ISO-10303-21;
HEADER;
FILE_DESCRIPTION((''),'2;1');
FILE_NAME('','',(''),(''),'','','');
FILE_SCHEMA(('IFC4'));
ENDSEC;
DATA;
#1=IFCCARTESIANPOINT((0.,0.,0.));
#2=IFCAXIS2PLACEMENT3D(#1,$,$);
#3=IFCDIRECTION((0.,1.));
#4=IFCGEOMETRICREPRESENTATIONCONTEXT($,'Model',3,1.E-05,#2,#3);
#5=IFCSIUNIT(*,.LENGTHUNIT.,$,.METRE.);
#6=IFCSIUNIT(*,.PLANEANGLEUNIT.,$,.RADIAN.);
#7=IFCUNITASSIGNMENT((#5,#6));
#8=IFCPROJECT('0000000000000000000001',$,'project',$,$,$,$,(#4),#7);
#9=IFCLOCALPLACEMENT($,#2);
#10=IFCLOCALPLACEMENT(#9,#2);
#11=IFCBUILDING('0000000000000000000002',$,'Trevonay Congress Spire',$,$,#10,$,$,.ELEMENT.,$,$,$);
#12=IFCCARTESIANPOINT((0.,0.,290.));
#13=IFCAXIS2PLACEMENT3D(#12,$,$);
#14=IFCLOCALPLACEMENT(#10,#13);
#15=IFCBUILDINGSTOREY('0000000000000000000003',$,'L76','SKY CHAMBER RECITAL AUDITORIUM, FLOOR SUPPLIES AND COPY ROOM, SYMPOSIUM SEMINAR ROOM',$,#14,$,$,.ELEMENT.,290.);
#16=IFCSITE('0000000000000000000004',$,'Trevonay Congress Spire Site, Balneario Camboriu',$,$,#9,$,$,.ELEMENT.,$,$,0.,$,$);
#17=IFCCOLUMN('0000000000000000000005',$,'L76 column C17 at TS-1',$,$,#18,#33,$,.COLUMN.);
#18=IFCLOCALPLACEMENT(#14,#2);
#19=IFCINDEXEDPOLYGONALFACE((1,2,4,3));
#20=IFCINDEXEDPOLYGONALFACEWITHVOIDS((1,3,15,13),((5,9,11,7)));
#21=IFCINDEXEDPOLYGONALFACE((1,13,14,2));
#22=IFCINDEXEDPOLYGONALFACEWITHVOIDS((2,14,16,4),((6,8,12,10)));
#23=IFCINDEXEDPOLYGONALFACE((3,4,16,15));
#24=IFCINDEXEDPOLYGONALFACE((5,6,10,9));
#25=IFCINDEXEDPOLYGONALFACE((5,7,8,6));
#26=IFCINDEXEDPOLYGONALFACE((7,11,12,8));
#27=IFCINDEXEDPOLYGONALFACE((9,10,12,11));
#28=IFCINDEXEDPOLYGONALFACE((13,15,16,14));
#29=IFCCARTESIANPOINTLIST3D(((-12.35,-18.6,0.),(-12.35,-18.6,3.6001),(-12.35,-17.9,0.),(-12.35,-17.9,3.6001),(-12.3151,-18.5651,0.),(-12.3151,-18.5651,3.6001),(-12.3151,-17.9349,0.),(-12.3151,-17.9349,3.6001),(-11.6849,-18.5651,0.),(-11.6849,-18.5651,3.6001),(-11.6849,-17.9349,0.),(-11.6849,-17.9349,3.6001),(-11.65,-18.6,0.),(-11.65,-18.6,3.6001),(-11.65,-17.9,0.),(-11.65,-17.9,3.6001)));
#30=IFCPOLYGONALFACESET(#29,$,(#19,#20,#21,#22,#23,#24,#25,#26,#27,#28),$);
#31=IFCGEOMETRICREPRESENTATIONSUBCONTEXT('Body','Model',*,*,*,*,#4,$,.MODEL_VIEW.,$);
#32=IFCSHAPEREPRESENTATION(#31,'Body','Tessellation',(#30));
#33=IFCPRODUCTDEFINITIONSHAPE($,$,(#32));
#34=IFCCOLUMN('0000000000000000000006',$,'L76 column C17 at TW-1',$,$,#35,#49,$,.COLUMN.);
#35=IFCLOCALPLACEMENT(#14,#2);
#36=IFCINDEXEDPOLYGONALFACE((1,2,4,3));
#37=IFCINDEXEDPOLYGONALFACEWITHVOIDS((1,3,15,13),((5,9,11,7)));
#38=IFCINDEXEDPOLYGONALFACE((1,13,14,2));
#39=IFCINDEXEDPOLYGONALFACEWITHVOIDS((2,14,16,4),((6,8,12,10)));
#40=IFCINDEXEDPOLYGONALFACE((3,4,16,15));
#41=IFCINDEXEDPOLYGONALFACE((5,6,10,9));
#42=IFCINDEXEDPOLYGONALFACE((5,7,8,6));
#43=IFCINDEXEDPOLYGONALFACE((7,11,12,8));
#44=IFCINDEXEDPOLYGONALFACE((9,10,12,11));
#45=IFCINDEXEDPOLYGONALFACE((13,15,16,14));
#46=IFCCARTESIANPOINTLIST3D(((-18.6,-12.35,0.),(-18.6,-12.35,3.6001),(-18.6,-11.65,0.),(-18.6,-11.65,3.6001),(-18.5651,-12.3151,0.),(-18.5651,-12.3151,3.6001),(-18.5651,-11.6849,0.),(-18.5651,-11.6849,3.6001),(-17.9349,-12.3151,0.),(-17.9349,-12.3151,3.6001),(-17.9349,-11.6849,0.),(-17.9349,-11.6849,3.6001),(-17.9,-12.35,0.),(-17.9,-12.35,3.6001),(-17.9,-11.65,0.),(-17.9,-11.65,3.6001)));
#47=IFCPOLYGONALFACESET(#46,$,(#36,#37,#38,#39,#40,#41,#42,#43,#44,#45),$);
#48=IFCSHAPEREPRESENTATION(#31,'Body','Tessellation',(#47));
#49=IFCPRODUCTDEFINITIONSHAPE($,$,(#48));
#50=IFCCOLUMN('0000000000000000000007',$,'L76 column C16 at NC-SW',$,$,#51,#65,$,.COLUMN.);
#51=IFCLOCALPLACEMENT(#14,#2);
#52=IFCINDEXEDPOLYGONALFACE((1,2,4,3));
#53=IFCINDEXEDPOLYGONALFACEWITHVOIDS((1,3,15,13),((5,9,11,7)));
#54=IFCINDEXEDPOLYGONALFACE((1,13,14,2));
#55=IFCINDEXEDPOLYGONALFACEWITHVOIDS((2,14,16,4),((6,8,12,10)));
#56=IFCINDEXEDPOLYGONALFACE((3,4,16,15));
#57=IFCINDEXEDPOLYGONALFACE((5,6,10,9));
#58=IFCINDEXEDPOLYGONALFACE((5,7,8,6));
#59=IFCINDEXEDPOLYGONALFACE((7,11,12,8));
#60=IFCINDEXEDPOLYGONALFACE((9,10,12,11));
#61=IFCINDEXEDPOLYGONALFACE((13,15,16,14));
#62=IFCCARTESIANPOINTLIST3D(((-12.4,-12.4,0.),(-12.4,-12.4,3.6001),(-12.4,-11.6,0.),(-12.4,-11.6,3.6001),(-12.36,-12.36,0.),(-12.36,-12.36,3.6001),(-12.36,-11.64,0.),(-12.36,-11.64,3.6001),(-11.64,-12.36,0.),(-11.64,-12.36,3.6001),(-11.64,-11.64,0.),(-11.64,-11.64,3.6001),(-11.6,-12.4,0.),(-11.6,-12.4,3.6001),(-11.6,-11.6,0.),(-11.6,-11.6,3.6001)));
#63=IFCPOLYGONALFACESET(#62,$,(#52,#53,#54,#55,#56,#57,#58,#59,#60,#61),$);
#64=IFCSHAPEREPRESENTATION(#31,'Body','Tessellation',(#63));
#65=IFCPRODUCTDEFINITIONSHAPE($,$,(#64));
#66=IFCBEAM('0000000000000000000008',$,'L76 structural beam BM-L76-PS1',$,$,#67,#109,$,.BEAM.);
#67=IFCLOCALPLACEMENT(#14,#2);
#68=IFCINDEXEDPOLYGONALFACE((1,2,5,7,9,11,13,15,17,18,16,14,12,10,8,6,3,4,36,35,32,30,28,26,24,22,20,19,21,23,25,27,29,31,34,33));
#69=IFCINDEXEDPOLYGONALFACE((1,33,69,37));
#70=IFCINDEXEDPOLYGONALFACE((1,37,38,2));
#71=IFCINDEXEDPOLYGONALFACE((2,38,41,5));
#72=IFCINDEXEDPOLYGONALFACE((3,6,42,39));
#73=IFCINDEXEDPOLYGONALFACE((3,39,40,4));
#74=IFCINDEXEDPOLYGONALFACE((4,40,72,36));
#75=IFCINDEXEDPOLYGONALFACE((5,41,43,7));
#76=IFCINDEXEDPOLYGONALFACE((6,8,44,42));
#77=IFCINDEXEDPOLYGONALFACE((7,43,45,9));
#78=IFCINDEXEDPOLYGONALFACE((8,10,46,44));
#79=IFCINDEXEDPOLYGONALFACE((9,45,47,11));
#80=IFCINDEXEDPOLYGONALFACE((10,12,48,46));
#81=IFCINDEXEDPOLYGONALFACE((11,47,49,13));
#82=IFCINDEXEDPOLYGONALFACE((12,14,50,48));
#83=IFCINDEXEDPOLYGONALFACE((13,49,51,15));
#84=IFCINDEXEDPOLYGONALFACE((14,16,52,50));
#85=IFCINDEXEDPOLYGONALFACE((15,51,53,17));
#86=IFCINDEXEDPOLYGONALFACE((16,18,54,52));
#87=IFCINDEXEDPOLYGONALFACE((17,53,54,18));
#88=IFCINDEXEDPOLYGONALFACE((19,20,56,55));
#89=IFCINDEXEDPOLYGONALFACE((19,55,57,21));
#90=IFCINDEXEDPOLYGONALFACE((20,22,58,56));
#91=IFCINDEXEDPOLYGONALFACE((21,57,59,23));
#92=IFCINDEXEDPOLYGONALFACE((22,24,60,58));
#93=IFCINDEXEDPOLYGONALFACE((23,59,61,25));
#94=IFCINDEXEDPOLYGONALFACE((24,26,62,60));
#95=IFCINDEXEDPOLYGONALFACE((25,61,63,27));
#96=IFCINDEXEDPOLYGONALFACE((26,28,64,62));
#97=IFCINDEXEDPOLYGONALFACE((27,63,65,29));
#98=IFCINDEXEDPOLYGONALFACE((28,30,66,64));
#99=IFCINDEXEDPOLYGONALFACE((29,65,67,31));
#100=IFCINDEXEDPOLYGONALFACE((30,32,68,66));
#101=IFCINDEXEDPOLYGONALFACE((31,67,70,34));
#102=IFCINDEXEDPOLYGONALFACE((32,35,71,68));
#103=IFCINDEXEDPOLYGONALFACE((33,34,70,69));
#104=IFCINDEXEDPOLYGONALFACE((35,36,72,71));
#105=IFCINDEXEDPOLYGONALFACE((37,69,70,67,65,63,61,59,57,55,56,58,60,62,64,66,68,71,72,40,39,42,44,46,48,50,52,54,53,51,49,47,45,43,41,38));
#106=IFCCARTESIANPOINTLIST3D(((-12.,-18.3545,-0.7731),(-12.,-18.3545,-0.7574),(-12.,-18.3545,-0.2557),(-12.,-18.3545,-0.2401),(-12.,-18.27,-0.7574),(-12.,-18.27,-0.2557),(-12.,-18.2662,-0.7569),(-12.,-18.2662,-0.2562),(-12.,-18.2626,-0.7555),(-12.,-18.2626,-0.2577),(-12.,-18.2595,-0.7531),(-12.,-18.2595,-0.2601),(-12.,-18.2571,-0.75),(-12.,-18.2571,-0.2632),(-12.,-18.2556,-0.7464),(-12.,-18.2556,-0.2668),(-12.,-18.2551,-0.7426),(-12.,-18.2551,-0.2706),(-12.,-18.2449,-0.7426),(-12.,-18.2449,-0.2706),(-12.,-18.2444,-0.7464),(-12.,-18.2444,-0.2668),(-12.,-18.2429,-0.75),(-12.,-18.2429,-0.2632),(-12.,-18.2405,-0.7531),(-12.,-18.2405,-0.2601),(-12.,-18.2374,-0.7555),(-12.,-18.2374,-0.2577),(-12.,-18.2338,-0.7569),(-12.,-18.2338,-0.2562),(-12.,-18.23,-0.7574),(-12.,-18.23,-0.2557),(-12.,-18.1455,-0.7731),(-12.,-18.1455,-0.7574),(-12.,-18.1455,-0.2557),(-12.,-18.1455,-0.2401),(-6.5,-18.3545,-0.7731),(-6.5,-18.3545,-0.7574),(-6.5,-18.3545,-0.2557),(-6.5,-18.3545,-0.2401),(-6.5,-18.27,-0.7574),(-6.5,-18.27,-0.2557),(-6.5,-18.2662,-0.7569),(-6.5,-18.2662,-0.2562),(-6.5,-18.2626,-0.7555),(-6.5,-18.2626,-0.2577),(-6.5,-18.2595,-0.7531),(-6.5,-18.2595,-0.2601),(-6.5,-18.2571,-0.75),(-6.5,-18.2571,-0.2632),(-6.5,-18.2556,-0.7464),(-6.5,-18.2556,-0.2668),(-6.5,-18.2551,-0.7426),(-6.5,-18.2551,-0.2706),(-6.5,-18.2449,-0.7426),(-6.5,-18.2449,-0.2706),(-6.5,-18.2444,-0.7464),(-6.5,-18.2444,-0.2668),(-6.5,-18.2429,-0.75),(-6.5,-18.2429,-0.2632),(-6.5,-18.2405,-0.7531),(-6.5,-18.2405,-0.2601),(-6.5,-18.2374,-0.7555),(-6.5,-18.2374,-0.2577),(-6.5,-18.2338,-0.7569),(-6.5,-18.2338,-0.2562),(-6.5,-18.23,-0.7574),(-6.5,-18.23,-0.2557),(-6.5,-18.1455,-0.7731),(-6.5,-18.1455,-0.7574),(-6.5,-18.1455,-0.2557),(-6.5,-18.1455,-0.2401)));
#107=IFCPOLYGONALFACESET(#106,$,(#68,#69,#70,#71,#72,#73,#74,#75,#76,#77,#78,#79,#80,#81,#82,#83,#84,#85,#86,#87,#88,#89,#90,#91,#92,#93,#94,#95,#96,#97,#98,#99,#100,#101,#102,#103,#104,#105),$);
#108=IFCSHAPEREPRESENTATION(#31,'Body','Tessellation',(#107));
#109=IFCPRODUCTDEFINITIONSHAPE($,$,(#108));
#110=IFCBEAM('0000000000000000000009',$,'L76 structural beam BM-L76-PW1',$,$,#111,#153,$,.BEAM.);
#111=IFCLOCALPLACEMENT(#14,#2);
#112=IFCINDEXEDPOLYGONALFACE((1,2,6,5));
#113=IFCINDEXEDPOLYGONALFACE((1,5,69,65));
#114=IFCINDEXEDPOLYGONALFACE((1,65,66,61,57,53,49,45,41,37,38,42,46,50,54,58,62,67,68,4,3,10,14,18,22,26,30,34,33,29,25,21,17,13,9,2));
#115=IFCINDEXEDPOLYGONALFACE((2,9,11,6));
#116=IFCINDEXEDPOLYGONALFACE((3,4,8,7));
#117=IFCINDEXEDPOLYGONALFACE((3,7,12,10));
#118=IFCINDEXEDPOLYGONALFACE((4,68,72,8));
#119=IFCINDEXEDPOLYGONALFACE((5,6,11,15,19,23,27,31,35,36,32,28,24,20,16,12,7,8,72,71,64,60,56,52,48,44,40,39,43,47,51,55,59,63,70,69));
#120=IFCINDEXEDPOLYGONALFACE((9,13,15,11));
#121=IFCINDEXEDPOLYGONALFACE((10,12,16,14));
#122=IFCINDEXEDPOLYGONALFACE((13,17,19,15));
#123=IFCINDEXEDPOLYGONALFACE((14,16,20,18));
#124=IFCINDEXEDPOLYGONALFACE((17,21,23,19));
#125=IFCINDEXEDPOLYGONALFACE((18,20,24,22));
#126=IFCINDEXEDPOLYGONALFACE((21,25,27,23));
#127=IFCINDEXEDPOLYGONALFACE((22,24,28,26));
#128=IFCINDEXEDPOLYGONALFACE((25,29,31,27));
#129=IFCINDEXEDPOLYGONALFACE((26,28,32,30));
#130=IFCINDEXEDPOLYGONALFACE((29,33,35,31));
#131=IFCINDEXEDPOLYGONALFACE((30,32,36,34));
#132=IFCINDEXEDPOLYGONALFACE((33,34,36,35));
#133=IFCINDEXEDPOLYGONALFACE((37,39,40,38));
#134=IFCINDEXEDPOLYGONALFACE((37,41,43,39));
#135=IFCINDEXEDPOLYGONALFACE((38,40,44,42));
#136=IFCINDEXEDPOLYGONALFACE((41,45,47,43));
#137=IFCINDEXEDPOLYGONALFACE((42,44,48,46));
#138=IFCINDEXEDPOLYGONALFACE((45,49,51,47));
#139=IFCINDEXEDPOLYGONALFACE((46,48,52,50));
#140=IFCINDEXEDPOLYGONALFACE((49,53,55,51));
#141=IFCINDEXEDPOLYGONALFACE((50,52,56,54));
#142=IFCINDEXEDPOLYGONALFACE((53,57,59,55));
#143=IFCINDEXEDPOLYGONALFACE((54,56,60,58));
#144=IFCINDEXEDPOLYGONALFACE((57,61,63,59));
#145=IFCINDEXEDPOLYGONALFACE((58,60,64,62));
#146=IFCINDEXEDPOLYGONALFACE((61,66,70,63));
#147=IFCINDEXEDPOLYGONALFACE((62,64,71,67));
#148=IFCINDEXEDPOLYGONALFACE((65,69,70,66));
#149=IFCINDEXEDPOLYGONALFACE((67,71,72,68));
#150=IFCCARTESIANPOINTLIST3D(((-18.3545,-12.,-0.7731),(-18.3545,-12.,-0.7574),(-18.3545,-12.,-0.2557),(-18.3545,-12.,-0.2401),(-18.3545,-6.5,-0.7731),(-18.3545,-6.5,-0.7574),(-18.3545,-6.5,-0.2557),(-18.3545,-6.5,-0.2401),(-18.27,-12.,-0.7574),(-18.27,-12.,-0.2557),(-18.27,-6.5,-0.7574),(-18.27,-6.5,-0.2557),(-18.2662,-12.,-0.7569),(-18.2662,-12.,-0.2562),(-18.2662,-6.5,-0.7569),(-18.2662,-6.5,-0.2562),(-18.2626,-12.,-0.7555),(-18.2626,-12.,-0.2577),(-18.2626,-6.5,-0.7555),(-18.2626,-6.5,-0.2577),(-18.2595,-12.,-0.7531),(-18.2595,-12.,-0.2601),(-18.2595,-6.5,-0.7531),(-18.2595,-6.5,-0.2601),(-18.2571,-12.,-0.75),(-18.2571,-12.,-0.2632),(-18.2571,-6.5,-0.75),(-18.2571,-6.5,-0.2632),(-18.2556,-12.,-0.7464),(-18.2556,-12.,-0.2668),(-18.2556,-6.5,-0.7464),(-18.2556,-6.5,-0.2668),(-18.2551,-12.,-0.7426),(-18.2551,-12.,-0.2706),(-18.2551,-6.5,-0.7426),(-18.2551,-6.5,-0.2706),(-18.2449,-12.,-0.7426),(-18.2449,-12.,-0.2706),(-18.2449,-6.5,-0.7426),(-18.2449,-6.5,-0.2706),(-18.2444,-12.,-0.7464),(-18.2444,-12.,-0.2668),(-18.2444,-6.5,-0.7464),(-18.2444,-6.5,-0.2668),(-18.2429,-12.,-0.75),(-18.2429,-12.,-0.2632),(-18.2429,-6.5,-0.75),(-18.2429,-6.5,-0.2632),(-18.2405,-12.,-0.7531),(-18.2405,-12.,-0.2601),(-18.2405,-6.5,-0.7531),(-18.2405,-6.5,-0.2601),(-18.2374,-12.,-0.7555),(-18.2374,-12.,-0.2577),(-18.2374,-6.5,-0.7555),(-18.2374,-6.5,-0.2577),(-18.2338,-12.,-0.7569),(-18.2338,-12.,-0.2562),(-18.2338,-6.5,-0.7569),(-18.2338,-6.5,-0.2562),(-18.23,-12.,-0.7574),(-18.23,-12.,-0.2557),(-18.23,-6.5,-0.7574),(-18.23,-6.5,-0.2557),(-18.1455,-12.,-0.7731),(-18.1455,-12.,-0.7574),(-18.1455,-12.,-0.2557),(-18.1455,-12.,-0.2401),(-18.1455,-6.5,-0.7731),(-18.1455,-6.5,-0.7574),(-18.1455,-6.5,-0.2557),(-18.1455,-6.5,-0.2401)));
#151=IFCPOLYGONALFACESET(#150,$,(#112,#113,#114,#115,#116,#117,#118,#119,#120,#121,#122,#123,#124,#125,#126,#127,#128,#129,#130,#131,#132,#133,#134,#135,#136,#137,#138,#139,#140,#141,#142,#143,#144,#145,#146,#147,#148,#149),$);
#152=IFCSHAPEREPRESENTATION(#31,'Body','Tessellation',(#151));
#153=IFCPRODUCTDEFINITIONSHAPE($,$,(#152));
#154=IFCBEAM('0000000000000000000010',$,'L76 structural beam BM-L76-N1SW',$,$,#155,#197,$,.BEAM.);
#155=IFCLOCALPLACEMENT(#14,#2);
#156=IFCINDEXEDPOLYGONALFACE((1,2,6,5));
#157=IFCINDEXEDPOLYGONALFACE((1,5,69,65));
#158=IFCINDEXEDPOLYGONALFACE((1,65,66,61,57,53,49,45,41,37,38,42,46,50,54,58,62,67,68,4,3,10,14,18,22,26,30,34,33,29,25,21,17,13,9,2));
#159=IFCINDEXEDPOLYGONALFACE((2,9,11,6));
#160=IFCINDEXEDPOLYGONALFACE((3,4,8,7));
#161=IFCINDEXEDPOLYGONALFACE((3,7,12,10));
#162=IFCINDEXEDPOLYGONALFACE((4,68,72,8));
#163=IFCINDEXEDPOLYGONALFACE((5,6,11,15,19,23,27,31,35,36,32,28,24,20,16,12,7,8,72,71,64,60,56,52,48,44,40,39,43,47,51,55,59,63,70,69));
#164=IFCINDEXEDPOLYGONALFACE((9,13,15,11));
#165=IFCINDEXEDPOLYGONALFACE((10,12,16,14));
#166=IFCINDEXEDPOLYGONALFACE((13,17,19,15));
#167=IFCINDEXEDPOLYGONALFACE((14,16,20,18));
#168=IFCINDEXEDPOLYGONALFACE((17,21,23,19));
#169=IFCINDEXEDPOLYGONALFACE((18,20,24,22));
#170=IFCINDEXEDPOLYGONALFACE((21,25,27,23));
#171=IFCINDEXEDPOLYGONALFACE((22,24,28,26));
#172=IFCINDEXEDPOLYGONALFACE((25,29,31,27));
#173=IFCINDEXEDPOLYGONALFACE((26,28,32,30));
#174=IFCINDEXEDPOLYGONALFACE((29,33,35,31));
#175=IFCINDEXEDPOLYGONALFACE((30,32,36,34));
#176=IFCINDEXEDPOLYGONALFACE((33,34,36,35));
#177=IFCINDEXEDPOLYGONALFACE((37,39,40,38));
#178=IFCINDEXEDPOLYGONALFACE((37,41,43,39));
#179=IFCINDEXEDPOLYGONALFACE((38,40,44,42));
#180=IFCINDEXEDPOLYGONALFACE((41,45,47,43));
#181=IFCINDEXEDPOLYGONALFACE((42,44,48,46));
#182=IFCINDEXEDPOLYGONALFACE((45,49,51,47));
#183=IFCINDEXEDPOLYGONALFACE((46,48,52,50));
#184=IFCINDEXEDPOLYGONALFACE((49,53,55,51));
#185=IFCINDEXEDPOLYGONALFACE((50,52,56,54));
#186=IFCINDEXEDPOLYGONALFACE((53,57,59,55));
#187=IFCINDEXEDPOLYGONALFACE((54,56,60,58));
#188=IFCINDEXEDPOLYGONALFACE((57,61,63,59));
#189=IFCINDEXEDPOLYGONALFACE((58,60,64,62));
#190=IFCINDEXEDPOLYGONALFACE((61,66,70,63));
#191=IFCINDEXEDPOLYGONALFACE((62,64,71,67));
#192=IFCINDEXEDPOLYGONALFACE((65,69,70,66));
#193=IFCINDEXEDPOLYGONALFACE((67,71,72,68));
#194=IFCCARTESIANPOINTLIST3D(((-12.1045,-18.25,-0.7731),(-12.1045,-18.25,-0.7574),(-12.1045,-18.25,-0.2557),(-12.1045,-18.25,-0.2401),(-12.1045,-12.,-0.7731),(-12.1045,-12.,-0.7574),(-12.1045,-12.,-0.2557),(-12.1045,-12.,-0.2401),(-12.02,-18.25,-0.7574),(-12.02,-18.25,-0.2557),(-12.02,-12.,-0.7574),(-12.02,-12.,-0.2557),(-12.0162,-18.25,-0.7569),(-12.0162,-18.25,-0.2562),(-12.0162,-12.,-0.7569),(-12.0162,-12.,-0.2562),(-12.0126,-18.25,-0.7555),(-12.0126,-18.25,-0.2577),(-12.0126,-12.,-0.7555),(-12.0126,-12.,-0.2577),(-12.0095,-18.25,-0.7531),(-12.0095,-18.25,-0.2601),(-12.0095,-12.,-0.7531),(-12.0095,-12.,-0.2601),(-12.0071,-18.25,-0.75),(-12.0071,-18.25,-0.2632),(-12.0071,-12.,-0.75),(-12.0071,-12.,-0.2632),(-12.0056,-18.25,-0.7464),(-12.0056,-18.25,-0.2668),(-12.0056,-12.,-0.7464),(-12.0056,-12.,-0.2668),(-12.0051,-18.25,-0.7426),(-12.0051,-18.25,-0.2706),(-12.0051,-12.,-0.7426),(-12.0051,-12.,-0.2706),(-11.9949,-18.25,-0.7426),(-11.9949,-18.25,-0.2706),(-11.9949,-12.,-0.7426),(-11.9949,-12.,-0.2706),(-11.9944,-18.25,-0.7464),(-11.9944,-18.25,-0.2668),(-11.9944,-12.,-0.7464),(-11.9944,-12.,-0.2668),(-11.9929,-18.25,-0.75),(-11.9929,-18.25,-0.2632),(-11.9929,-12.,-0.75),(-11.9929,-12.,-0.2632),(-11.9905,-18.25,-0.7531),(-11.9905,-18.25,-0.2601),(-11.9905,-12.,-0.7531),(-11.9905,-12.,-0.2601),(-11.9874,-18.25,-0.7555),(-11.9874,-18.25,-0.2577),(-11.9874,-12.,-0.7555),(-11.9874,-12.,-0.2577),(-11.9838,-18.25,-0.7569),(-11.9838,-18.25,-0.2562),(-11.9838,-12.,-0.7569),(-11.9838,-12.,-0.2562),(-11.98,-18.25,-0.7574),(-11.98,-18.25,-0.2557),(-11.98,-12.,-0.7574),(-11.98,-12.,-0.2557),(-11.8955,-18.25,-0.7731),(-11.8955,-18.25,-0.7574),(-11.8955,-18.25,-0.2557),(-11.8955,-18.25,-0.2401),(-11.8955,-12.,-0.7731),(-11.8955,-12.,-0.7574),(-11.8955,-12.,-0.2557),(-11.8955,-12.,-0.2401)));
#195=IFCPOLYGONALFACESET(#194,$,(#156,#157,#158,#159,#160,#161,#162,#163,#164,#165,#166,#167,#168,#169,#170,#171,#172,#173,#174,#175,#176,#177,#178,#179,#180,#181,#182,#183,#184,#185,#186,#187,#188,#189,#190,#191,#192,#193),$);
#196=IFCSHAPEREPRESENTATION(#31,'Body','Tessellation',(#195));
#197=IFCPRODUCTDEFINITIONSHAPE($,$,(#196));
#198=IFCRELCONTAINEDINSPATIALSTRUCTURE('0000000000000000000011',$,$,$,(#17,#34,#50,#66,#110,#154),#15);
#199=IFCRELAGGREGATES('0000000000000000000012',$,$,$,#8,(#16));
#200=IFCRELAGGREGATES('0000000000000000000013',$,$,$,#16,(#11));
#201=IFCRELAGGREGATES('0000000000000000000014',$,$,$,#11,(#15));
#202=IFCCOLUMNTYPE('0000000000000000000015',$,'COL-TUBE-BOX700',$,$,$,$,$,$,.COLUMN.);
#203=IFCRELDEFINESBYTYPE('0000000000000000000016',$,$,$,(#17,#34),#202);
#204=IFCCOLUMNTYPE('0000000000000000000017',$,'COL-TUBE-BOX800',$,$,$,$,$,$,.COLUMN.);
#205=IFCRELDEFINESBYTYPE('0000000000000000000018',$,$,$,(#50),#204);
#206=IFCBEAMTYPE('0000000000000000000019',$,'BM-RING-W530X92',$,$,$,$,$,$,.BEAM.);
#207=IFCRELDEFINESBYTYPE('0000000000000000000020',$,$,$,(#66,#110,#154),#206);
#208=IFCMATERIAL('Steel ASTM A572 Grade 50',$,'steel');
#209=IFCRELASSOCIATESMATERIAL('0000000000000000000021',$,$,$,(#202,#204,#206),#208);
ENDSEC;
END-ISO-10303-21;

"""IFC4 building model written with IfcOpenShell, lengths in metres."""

from ifc_helpers import new_model, si_unit, direction, frame, origin, origin_2d, place, context, subcontext, project, spatial, hollow_rectangle, i_section, extrude, material, material_profile, profile_set, type_object, element, save


model = new_model("IFC4")

# Units and contexts
model_context = context("Model", 3, precision=1e-05, world=origin(), true_north=direction((0.0, 1.0)))
body_context = subcontext(model_context, "Body", "Model", "MODEL_VIEW")
ifc_project = project(units=[si_unit("LENGTHUNIT", "METRE"), si_unit("PLANEANGLEUNIT", "RADIAN")], contexts=[model_context])

# Site, building, storey
site_placement = place(None, origin())
site = spatial("IfcSite", under=ifc_project, at=site_placement, Name="Trevonay Congress Spire Site, Balneario Camboriu", CompositionType="ELEMENT", RefElevation=0.0)
building_placement = place(site_placement, origin())
building = spatial("IfcBuilding", under=site, at=building_placement, Name="Trevonay Congress Spire", CompositionType="ELEMENT")
storey_placement = place(building_placement, frame((0.0, 0.0, 290.0)))
storey = spatial("IfcBuildingStorey", under=building, at=storey_placement, Name="L76", Description="SKY CHAMBER RECITAL AUDITORIUM, FLOOR SUPPLIES AND COPY ROOM, SYMPOSIUM SEMINAR ROOM", CompositionType="ELEMENT", Elevation=290.0)

# Columns
ifc_material_1 = material(Name="Steel ASTM A572 Grade 50", Category="steel")
ifc_material_profile_1 = material_profile(ifc_material_1, hollow_rectangle(XDim=0.7, YDim=0.7, WallThickness=0.0349, at=origin_2d()), Name="BOX 700x700x35")
ifc_profile_set_1 = profile_set([ifc_material_profile_1], Name="Steel ASTM A572 Grade 50")
column_type_1 = type_object("IfcColumnType", Name="COL-TUBE-BOX700", PredefinedType="COLUMN", material=ifc_profile_set_1)
for number, where, z_axis, x_axis, name in (
    (1, (-12.0, -18.25, 0.0), (0.0, 0.0, 1.0), (1.0, 0.0, 0.0), "L76 column C17 at TS-1"),
    (2, (-18.25, -12.0, 0.0), (0.0, 0.0, 1.0), (1.0, 0.0, 0.0), "L76 column C17 at TW-1"),
):
    element("IfcColumn", number, at=place(storey_placement, frame(where, z_axis=z_axis, x_axis=x_axis)), inside=storey, type_object=column_type_1, Name=name, PredefinedType="COLUMN", context=body_context, shape_type="SweptSolid", body=[
        extrude(hollow_rectangle(XDim=0.7, YDim=0.7, WallThickness=0.0349, at=origin_2d()), origin(), (0.0, 0.0, 1.0), 3.6001),
    ])
ifc_material_profile_2 = material_profile(ifc_material_1, hollow_rectangle(XDim=0.8, YDim=0.8, WallThickness=0.04, at=origin_2d()), Name="BOX 800x800x40")
ifc_profile_set_2 = profile_set([ifc_material_profile_2], Name="Steel ASTM A572 Grade 50")
column_type_2 = type_object("IfcColumnType", Name="COL-TUBE-BOX800", PredefinedType="COLUMN", material=ifc_profile_set_2)
column_placement = place(storey_placement, frame((-12.0, -12.0, 0.0), z_axis=(0.0, 0.0, 1.0), x_axis=(1.0, 0.0, 0.0)))
element("IfcColumn", 3, at=column_placement, inside=storey, type_object=column_type_2, Name="L76 column C16 at NC-SW", PredefinedType="COLUMN", context=body_context, shape_type="SweptSolid", body=[
    extrude(hollow_rectangle(XDim=0.8, YDim=0.8, WallThickness=0.04, at=origin_2d()), origin(), (0.0, 0.0, 1.0), 3.6001),
])

# Beams
ifc_material_profile_3 = material_profile(ifc_material_1, i_section(OverallWidth=0.209, OverallDepth=0.533, WebThickness=0.0103, FlangeThickness=0.0156, FilletRadius=0.0149, at=origin_2d()), Name="W530x92")
ifc_profile_set_3 = profile_set([ifc_material_profile_3], Name="Steel ASTM A572 Grade 50")
beam_type = type_object("IfcBeamType", Name="BM-RING-W530X92", PredefinedType="BEAM", material=ifc_profile_set_3)
for number, where, z_axis, x_axis, name in (
    (4, (-12.0, -18.25, -0.5066), (1.0, 0.0, 0.0), (0.0, 1.0, 0.0), "L76 structural beam BM-L76-PS1"),
    (5, (-18.25, -12.0, -0.5066), (0.0, 1.0, 0.0), (-1.0, 0.0, 0.0), "L76 structural beam BM-L76-PW1"),
):
    element("IfcBeam", number, at=place(storey_placement, frame(where, z_axis=z_axis, x_axis=x_axis)), inside=storey, type_object=beam_type, Name=name, PredefinedType="BEAM", context=body_context, shape_type="SweptSolid", body=[
        extrude(i_section(OverallWidth=0.209, OverallDepth=0.533, WebThickness=0.0103, FlangeThickness=0.0156, FilletRadius=0.0149, at=origin_2d()), origin(), (0.0, 0.0, 1.0), 5.5),
    ])
for number, where, z_axis, x_axis, name in (
    (6, (-12.0, -18.25, -0.5066), (0.0, 1.0, 0.0), (-1.0, 0.0, 0.0), "L76 structural beam BM-L76-N1SW"),
):
    element("IfcBeam", number, at=place(storey_placement, frame(where, z_axis=z_axis, x_axis=x_axis)), inside=storey, type_object=beam_type, Name=name, PredefinedType="BEAM", context=body_context, shape_type="SweptSolid", body=[
        extrude(i_section(OverallWidth=0.209, OverallDepth=0.533, WebThickness=0.0103, FlangeThickness=0.0156, FilletRadius=0.0149, at=origin_2d()), origin(), (0.0, 0.0, 1.0), 6.25),
    ])

save(model, "model.ifc")
